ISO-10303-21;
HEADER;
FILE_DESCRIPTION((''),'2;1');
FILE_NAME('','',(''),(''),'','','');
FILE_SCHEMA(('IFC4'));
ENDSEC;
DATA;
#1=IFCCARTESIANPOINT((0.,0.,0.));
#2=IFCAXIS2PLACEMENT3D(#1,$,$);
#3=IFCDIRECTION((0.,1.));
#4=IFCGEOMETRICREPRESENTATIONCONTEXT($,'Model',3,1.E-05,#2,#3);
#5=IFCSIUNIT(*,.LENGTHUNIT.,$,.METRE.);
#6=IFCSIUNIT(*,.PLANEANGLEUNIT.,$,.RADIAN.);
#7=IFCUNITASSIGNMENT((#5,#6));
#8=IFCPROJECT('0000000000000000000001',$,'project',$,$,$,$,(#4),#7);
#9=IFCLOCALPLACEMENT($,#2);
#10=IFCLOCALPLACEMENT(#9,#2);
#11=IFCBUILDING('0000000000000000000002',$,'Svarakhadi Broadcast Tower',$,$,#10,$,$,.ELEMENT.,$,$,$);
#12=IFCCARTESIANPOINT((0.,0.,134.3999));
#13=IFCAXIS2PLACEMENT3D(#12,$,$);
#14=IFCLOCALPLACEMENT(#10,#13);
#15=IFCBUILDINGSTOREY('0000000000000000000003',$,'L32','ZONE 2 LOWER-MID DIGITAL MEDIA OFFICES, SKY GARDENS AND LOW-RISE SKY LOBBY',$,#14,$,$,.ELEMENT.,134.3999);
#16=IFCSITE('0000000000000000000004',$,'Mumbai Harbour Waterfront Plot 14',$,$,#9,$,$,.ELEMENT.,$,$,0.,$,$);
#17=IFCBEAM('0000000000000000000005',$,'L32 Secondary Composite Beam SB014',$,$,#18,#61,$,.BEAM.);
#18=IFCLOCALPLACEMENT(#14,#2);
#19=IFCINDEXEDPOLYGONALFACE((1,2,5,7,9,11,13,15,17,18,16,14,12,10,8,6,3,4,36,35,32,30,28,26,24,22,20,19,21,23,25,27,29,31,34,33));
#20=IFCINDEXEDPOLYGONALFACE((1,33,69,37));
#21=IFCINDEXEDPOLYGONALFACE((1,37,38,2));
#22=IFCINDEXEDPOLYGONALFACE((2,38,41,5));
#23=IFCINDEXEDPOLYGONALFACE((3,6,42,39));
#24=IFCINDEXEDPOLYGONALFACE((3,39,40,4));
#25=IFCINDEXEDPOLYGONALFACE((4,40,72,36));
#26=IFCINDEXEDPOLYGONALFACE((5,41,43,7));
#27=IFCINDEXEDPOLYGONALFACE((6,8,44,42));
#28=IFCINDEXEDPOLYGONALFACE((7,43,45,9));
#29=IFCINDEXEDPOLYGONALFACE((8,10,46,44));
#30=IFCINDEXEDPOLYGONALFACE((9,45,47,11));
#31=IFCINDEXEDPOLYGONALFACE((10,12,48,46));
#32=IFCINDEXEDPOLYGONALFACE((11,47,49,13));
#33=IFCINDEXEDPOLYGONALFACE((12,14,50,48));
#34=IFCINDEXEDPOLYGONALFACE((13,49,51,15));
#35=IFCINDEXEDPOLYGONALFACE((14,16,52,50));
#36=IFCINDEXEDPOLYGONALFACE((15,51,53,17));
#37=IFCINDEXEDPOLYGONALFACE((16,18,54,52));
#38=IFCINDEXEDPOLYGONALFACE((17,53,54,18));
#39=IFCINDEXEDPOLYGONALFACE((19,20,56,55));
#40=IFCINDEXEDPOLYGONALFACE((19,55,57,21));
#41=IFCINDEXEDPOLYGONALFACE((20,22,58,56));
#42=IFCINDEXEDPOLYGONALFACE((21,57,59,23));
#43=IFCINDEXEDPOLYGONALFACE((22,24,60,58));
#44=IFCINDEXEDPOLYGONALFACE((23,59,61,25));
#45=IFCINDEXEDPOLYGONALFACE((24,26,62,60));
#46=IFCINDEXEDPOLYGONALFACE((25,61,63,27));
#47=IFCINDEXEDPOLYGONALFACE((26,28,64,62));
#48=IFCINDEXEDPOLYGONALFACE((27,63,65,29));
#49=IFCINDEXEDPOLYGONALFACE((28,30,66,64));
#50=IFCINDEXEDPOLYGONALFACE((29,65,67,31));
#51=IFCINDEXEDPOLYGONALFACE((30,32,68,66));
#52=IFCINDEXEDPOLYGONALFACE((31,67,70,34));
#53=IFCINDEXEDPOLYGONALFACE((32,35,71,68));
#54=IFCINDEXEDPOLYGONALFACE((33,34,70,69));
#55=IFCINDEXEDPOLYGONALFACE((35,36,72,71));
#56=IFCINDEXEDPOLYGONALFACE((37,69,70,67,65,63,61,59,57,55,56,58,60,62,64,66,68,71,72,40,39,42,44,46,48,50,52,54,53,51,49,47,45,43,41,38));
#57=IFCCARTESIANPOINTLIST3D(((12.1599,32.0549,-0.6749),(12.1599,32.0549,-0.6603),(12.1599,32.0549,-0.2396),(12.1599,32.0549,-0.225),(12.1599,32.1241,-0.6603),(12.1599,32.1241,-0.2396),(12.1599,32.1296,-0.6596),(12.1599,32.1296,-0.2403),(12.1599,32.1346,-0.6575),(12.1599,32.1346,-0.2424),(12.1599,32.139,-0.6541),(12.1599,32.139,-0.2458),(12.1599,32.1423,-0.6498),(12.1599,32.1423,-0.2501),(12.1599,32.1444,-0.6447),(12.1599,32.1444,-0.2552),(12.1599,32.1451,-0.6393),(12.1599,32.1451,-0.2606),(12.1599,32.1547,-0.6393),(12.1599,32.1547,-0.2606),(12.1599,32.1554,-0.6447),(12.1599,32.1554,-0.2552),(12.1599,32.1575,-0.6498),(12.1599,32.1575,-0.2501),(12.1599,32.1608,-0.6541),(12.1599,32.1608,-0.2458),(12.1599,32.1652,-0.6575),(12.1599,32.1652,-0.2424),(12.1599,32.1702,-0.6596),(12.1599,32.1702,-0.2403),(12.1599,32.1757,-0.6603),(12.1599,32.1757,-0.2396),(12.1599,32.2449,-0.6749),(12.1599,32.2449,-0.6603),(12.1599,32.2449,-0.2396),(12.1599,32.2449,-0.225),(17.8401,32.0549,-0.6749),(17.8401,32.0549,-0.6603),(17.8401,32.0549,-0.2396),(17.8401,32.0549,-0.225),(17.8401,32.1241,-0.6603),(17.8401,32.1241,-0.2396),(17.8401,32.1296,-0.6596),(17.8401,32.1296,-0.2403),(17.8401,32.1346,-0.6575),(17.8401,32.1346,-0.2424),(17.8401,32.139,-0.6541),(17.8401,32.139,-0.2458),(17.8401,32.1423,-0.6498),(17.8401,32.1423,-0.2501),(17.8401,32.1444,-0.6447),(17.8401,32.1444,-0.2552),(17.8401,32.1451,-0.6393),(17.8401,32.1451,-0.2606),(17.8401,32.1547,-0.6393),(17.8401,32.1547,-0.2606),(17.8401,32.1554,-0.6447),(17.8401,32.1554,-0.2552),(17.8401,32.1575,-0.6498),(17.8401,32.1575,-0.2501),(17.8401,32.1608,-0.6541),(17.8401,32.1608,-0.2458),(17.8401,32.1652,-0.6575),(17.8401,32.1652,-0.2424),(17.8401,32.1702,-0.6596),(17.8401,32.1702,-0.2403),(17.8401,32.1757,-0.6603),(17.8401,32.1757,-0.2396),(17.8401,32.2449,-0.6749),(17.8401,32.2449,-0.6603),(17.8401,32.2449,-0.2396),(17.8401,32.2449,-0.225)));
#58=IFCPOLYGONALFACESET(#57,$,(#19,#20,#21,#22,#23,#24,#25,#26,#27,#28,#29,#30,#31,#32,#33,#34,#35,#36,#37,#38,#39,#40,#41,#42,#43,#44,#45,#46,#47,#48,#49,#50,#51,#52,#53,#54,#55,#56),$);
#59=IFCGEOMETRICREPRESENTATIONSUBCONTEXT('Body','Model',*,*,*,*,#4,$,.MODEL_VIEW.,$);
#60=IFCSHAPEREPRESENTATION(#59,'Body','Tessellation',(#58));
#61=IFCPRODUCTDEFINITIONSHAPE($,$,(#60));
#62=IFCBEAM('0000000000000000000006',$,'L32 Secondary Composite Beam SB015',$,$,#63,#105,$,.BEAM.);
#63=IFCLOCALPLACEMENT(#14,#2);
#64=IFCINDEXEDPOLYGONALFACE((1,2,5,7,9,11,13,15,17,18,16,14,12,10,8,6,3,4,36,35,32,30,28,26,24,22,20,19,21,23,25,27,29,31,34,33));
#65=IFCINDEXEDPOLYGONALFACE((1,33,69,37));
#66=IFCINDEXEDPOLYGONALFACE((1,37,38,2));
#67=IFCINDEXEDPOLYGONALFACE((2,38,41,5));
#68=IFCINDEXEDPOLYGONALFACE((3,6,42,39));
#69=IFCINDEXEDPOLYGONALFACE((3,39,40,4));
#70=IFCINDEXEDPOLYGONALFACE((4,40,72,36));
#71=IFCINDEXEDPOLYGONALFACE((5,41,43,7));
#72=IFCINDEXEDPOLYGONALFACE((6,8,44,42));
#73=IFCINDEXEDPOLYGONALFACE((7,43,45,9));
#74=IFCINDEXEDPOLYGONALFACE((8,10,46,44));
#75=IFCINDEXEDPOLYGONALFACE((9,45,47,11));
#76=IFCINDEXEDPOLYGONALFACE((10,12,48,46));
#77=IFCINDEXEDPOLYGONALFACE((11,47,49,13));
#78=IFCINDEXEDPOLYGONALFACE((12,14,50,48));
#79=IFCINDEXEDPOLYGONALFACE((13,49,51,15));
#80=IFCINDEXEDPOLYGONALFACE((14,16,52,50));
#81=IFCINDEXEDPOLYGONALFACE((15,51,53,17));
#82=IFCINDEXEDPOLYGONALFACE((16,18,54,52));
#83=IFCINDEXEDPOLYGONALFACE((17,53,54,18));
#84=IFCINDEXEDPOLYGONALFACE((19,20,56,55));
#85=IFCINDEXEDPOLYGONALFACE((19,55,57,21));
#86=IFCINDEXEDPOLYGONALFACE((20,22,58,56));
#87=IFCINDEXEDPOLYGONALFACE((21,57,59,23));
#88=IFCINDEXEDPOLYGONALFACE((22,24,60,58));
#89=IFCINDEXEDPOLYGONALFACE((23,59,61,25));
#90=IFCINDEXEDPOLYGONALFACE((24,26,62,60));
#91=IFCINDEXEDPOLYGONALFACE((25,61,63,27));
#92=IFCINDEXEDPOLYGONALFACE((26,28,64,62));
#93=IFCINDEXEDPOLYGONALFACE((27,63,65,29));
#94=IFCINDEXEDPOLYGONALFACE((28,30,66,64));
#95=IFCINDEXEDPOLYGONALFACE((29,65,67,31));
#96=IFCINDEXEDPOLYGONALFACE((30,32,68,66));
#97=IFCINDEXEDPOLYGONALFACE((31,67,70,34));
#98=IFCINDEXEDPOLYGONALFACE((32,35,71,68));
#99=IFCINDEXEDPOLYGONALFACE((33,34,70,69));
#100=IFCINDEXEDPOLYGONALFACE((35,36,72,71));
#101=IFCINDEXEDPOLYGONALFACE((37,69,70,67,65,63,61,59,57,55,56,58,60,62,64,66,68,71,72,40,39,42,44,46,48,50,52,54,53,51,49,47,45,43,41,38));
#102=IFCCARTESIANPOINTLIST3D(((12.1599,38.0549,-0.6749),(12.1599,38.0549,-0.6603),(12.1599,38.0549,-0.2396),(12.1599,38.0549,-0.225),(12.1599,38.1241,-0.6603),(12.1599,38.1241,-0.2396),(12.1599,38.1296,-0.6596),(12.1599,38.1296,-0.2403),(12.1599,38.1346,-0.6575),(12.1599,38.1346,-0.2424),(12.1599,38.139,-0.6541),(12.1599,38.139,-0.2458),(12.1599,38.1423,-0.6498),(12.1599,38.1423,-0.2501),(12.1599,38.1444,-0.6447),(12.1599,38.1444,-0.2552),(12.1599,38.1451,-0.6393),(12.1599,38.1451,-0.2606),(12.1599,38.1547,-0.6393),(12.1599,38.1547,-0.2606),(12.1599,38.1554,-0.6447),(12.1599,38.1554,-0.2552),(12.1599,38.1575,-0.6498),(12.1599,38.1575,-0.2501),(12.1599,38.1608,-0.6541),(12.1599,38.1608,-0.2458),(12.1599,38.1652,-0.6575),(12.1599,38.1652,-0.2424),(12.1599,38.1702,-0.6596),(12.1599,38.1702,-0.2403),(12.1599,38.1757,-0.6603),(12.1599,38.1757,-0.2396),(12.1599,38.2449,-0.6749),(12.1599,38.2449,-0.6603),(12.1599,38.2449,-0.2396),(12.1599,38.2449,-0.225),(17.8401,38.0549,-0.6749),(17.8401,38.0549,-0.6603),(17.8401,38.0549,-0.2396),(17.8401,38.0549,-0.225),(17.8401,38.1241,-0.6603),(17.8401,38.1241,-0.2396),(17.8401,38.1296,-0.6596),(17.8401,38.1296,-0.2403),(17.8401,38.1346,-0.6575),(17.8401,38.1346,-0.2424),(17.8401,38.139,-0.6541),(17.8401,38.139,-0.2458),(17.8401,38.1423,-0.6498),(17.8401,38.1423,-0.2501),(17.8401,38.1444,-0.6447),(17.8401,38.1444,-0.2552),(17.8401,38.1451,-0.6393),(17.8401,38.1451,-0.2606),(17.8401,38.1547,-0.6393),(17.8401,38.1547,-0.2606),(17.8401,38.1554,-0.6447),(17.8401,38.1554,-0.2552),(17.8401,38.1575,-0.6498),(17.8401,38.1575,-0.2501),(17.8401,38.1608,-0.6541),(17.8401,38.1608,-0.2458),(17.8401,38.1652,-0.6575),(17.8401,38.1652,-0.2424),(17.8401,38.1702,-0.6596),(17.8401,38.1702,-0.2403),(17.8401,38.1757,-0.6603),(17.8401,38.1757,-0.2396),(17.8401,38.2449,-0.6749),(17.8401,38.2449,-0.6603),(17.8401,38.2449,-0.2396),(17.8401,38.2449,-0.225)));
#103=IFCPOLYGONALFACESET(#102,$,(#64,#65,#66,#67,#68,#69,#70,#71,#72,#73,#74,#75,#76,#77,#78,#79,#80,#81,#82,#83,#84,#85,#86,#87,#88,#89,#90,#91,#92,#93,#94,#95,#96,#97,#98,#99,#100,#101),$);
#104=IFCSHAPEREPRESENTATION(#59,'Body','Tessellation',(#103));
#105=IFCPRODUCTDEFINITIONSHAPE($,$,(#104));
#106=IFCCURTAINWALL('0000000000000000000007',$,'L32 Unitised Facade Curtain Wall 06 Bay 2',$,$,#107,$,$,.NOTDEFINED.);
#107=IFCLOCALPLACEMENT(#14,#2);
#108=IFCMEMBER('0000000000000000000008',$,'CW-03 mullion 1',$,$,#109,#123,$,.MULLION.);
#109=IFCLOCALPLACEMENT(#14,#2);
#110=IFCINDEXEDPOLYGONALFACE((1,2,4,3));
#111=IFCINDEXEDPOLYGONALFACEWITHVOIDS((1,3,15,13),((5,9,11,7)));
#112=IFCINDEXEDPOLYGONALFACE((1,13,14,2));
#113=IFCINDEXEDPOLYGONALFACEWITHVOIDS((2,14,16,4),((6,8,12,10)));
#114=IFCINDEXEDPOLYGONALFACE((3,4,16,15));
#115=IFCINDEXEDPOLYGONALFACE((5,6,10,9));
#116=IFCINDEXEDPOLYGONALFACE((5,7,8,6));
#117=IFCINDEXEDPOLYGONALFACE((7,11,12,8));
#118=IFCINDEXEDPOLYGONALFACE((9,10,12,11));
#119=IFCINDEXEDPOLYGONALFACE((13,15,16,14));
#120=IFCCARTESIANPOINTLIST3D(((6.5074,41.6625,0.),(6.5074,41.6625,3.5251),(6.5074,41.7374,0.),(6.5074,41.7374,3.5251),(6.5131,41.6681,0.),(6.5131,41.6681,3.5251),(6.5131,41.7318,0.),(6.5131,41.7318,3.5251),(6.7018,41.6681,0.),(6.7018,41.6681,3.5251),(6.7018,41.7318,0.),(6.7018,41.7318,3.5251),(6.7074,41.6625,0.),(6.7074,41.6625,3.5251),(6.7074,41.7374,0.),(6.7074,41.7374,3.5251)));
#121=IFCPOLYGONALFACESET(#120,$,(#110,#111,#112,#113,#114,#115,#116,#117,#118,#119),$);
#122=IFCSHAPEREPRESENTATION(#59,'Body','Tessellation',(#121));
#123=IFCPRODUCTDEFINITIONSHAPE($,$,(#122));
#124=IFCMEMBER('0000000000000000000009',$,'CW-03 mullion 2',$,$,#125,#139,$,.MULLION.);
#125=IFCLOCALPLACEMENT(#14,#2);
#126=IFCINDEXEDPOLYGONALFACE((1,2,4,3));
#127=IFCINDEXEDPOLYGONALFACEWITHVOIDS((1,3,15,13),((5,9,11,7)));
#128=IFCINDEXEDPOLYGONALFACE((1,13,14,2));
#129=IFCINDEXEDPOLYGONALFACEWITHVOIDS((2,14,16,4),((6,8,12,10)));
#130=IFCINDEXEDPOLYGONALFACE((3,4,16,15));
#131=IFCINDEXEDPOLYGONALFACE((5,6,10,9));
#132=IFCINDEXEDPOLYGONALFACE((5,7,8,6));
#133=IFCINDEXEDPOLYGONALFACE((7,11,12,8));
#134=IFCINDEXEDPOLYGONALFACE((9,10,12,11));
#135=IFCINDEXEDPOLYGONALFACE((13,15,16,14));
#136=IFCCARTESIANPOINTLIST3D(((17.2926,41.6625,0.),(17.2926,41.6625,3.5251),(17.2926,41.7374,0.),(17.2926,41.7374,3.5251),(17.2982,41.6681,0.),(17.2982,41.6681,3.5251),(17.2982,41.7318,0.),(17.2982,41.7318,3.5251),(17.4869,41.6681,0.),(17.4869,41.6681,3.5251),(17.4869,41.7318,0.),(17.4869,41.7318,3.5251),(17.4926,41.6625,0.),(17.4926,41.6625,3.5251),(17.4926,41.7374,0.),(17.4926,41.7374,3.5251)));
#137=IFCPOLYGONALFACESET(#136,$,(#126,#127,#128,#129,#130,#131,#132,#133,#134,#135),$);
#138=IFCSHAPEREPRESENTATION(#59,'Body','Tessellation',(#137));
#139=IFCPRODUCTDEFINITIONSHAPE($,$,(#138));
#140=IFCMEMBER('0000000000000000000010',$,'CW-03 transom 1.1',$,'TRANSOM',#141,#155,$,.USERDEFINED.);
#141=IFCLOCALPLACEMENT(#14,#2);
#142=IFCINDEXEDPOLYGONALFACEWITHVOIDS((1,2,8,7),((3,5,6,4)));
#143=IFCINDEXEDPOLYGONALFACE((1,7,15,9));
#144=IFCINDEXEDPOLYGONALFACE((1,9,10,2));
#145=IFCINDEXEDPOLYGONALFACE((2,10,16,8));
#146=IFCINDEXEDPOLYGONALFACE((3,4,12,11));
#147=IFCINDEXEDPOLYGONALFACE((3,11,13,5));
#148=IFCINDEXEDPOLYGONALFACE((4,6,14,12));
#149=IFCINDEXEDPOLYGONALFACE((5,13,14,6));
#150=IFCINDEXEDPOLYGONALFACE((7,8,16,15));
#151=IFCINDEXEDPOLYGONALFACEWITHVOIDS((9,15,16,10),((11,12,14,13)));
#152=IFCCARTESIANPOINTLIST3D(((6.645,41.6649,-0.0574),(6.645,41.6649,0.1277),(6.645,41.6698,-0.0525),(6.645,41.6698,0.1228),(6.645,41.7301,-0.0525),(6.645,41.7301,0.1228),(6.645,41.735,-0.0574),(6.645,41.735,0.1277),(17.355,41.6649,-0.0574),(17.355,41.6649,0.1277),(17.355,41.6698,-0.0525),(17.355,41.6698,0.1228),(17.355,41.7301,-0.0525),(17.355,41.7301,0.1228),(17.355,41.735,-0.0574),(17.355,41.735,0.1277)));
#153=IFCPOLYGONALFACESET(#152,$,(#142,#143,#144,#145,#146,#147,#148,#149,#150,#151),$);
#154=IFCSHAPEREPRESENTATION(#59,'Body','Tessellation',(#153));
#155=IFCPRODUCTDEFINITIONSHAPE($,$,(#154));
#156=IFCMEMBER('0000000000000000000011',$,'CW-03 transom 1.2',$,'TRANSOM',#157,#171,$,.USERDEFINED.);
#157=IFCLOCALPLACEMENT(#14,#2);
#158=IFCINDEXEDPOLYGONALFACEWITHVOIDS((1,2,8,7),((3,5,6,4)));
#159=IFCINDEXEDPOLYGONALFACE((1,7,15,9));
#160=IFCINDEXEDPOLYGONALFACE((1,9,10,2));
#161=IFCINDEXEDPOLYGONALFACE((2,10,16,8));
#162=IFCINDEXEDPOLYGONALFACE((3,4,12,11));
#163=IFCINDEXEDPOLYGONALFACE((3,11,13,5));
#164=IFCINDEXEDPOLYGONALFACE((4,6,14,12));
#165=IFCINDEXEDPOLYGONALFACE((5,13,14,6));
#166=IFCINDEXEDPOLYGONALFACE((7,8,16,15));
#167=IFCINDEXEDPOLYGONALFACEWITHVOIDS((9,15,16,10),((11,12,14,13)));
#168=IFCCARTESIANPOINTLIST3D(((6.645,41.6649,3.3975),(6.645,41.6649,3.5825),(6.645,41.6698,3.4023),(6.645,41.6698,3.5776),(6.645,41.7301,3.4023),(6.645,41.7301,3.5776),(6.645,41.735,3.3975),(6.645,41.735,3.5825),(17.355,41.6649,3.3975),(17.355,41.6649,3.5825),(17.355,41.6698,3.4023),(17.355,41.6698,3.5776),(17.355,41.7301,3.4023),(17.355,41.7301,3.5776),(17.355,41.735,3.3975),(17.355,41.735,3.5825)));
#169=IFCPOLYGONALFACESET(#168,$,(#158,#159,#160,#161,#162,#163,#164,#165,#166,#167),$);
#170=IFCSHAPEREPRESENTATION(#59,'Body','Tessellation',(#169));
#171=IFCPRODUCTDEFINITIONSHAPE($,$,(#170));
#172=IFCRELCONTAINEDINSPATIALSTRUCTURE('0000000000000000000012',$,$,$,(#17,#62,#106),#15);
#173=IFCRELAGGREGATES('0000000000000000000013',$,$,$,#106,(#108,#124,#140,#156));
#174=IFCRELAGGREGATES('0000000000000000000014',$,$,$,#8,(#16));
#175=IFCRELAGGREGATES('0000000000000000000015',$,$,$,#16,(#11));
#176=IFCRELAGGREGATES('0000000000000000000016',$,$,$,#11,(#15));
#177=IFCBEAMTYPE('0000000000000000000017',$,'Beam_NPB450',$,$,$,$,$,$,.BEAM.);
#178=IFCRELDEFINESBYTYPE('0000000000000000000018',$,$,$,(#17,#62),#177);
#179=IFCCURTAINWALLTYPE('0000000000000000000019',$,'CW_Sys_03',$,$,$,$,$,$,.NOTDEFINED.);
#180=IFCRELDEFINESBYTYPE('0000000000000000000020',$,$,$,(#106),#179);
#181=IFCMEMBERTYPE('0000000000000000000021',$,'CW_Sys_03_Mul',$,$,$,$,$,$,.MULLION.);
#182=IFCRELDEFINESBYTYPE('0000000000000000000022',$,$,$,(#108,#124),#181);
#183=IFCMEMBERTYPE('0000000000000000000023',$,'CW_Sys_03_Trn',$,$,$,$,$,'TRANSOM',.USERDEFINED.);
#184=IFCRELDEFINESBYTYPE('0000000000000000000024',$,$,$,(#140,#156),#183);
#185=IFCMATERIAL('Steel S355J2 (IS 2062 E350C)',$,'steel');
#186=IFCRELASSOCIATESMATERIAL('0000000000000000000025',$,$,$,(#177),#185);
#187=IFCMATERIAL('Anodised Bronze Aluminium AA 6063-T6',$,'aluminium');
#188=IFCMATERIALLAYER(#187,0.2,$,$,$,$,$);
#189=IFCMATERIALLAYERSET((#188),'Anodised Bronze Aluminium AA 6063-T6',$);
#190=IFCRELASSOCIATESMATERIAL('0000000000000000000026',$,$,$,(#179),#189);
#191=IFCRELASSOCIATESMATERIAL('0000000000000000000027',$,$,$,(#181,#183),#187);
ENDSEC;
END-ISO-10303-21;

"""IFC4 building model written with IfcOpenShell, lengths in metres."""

from ifc_helpers import new_model, si_unit, direction, frame, origin, origin_2d, place, context, subcontext, project, spatial, hollow_rectangle, i_section, extrude, material, layer, layer_set, material_profile, profile_set, type_object, element, aggregate, save


model = new_model("IFC4")

# Units and contexts
model_context = context("Model", 3, precision=1e-05, world=origin(), true_north=direction((0.0, 1.0)))
body_context = subcontext(model_context, "Body", "Model", "MODEL_VIEW")
ifc_project = project(units=[si_unit("LENGTHUNIT", "METRE"), si_unit("PLANEANGLEUNIT", "RADIAN")], contexts=[model_context])

# Site, building, storey
site_placement = place(None, origin())
site = spatial("IfcSite", under=ifc_project, at=site_placement, Name="Mumbai Harbour Waterfront Plot 14", CompositionType="ELEMENT", RefElevation=0.0)
building_placement = place(site_placement, origin())
building = spatial("IfcBuilding", under=site, at=building_placement, Name="Svarakhadi Broadcast Tower", CompositionType="ELEMENT")
storey_placement = place(building_placement, frame((0.0, 0.0, 134.3999)))
storey = spatial("IfcBuildingStorey", under=building, at=storey_placement, Name="L32", Description="ZONE 2 LOWER-MID DIGITAL MEDIA OFFICES, SKY GARDENS AND LOW-RISE SKY LOBBY", CompositionType="ELEMENT", Elevation=134.3999)

# Beams
ifc_material_1 = material(Name="Steel S355J2 (IS 2062 E350C)", Category="steel")
ifc_material_profile_1 = material_profile(ifc_material_1, i_section(OverallWidth=0.1899, OverallDepth=0.45, WebThickness=0.0095, FlangeThickness=0.0146, FilletRadius=0.021, at=origin_2d()), Name="NPB 450x190x78")
ifc_profile_set_1 = profile_set([ifc_material_profile_1], Name="Steel S355J2 (IS 2062 E350C)")
beam_type_1 = type_object("IfcBeamType", Name="Beam_NPB450", PredefinedType="BEAM", material=ifc_profile_set_1)
for number, where, z_axis, x_axis, name in (
    (1, (12.1599, 32.1499, -0.45), (1.0, 0.0, 0.0), (0.0, 1.0, 0.0), "L32 Secondary Composite Beam SB014"),
    (2, (12.1599, 38.1499, -0.45), (1.0, 0.0, 0.0), (0.0, 1.0, 0.0), "L32 Secondary Composite Beam SB015"),
):
    element("IfcBeam", number, at=place(storey_placement, frame(where, z_axis=z_axis, x_axis=x_axis)), inside=storey, type_object=beam_type_1, Name=name, PredefinedType="BEAM", context=body_context, shape_type="SweptSolid", body=[
        extrude(i_section(OverallWidth=0.1899, OverallDepth=0.45, WebThickness=0.0095, FlangeThickness=0.0146, FilletRadius=0.021, at=origin_2d()), origin(), (0.0, 0.0, 1.0), 5.6802),
    ])

# Curtain wall, members
ifc_material_2 = material(Name="Anodised Bronze Aluminium AA 6063-T6", Category="aluminium")
ifc_layer_1 = layer(ifc_material_2, 0.2)
ifc_layer_set_1 = layer_set([ifc_layer_1], Name="Anodised Bronze Aluminium AA 6063-T6")
curtain_wall_type = type_object("IfcCurtainWallType", Name="CW_Sys_03", PredefinedType="NOTDEFINED", material=ifc_layer_set_1)
curtain_wall_placement = place(storey_placement, origin())
curtain_wall = element("IfcCurtainWall", 3, at=curtain_wall_placement, inside=storey, type_object=curtain_wall_type, Name="L32 Unitised Facade Curtain Wall 06 Bay 2", PredefinedType="NOTDEFINED")
ifc_material_profile_2 = material_profile(ifc_material_2, hollow_rectangle(XDim=0.075, YDim=0.2, WallThickness=0.0056, at=origin_2d()), Name="ALU MULLION 200x75x6")
ifc_profile_set_2 = profile_set([ifc_material_profile_2], Name="Anodised Bronze Aluminium AA 6063-T6")
member_type_1 = type_object("IfcMemberType", Name="CW_Sys_03_Mul", PredefinedType="MULLION", material=ifc_profile_set_2)
member_1_placement = place(storey_placement, frame((6.6074, 41.7, 0.0), z_axis=(0.0, 0.0, 1.0), x_axis=(0.0, 1.0, 0.0)))
member_1 = element("IfcMember", 4, at=member_1_placement, type_object=member_type_1, Name="CW-03 mullion 1", PredefinedType="MULLION", context=body_context, shape_type="SweptSolid", body=[
    extrude(hollow_rectangle(XDim=0.075, YDim=0.2, WallThickness=0.0056, at=origin_2d()), origin(), (0.0, 0.0, 1.0), 3.5251),
])
member_2_placement = place(storey_placement, frame((17.3926, 41.7, 0.0), z_axis=(0.0, 0.0, 1.0), x_axis=(0.0, 1.0, 0.0)))
member_2 = element("IfcMember", 5, at=member_2_placement, type_object=member_type_1, Name="CW-03 mullion 2", PredefinedType="MULLION", context=body_context, shape_type="SweptSolid", body=[
    extrude(hollow_rectangle(XDim=0.075, YDim=0.2, WallThickness=0.0056, at=origin_2d()), origin(), (0.0, 0.0, 1.0), 3.5251),
])
ifc_material_profile_3 = material_profile(ifc_material_2, hollow_rectangle(XDim=0.0701, YDim=0.1851, WallThickness=0.0049, at=origin_2d()), Name="ALU TRANSOM 185x70x5")
ifc_profile_set_3 = profile_set([ifc_material_profile_3], Name="Anodised Bronze Aluminium AA 6063-T6")
member_type_2 = type_object("IfcMemberType", Name="CW_Sys_03_Trn", ElementType="TRANSOM", PredefinedType="USERDEFINED", material=ifc_profile_set_3)
member_3_placement = place(storey_placement, frame((6.645, 41.7, 0.0352), z_axis=(1.0, 0.0, 0.0), x_axis=(0.0, 1.0, 0.0)))
member_3 = element("IfcMember", 6, at=member_3_placement, type_object=member_type_2, Name="CW-03 transom 1.1", ObjectType="TRANSOM", PredefinedType="USERDEFINED", context=body_context, shape_type="SweptSolid", body=[
    extrude(hollow_rectangle(XDim=0.0701, YDim=0.1851, WallThickness=0.0049, at=origin_2d()), origin(), (0.0, 0.0, 1.0), 10.71),
])
member_4_placement = place(storey_placement, frame((6.645, 41.7, 3.49), z_axis=(1.0, 0.0, 0.0), x_axis=(0.0, 1.0, 0.0)))
member_4 = element("IfcMember", 7, at=member_4_placement, type_object=member_type_2, Name="CW-03 transom 1.2", ObjectType="TRANSOM", PredefinedType="USERDEFINED", context=body_context, shape_type="SweptSolid", body=[
    extrude(hollow_rectangle(XDim=0.0701, YDim=0.1851, WallThickness=0.0049, at=origin_2d()), origin(), (0.0, 0.0, 1.0), 10.71),
])

aggregate(curtain_wall, [member_1, member_2, member_3, member_4])

save(model, "model.ifc")
